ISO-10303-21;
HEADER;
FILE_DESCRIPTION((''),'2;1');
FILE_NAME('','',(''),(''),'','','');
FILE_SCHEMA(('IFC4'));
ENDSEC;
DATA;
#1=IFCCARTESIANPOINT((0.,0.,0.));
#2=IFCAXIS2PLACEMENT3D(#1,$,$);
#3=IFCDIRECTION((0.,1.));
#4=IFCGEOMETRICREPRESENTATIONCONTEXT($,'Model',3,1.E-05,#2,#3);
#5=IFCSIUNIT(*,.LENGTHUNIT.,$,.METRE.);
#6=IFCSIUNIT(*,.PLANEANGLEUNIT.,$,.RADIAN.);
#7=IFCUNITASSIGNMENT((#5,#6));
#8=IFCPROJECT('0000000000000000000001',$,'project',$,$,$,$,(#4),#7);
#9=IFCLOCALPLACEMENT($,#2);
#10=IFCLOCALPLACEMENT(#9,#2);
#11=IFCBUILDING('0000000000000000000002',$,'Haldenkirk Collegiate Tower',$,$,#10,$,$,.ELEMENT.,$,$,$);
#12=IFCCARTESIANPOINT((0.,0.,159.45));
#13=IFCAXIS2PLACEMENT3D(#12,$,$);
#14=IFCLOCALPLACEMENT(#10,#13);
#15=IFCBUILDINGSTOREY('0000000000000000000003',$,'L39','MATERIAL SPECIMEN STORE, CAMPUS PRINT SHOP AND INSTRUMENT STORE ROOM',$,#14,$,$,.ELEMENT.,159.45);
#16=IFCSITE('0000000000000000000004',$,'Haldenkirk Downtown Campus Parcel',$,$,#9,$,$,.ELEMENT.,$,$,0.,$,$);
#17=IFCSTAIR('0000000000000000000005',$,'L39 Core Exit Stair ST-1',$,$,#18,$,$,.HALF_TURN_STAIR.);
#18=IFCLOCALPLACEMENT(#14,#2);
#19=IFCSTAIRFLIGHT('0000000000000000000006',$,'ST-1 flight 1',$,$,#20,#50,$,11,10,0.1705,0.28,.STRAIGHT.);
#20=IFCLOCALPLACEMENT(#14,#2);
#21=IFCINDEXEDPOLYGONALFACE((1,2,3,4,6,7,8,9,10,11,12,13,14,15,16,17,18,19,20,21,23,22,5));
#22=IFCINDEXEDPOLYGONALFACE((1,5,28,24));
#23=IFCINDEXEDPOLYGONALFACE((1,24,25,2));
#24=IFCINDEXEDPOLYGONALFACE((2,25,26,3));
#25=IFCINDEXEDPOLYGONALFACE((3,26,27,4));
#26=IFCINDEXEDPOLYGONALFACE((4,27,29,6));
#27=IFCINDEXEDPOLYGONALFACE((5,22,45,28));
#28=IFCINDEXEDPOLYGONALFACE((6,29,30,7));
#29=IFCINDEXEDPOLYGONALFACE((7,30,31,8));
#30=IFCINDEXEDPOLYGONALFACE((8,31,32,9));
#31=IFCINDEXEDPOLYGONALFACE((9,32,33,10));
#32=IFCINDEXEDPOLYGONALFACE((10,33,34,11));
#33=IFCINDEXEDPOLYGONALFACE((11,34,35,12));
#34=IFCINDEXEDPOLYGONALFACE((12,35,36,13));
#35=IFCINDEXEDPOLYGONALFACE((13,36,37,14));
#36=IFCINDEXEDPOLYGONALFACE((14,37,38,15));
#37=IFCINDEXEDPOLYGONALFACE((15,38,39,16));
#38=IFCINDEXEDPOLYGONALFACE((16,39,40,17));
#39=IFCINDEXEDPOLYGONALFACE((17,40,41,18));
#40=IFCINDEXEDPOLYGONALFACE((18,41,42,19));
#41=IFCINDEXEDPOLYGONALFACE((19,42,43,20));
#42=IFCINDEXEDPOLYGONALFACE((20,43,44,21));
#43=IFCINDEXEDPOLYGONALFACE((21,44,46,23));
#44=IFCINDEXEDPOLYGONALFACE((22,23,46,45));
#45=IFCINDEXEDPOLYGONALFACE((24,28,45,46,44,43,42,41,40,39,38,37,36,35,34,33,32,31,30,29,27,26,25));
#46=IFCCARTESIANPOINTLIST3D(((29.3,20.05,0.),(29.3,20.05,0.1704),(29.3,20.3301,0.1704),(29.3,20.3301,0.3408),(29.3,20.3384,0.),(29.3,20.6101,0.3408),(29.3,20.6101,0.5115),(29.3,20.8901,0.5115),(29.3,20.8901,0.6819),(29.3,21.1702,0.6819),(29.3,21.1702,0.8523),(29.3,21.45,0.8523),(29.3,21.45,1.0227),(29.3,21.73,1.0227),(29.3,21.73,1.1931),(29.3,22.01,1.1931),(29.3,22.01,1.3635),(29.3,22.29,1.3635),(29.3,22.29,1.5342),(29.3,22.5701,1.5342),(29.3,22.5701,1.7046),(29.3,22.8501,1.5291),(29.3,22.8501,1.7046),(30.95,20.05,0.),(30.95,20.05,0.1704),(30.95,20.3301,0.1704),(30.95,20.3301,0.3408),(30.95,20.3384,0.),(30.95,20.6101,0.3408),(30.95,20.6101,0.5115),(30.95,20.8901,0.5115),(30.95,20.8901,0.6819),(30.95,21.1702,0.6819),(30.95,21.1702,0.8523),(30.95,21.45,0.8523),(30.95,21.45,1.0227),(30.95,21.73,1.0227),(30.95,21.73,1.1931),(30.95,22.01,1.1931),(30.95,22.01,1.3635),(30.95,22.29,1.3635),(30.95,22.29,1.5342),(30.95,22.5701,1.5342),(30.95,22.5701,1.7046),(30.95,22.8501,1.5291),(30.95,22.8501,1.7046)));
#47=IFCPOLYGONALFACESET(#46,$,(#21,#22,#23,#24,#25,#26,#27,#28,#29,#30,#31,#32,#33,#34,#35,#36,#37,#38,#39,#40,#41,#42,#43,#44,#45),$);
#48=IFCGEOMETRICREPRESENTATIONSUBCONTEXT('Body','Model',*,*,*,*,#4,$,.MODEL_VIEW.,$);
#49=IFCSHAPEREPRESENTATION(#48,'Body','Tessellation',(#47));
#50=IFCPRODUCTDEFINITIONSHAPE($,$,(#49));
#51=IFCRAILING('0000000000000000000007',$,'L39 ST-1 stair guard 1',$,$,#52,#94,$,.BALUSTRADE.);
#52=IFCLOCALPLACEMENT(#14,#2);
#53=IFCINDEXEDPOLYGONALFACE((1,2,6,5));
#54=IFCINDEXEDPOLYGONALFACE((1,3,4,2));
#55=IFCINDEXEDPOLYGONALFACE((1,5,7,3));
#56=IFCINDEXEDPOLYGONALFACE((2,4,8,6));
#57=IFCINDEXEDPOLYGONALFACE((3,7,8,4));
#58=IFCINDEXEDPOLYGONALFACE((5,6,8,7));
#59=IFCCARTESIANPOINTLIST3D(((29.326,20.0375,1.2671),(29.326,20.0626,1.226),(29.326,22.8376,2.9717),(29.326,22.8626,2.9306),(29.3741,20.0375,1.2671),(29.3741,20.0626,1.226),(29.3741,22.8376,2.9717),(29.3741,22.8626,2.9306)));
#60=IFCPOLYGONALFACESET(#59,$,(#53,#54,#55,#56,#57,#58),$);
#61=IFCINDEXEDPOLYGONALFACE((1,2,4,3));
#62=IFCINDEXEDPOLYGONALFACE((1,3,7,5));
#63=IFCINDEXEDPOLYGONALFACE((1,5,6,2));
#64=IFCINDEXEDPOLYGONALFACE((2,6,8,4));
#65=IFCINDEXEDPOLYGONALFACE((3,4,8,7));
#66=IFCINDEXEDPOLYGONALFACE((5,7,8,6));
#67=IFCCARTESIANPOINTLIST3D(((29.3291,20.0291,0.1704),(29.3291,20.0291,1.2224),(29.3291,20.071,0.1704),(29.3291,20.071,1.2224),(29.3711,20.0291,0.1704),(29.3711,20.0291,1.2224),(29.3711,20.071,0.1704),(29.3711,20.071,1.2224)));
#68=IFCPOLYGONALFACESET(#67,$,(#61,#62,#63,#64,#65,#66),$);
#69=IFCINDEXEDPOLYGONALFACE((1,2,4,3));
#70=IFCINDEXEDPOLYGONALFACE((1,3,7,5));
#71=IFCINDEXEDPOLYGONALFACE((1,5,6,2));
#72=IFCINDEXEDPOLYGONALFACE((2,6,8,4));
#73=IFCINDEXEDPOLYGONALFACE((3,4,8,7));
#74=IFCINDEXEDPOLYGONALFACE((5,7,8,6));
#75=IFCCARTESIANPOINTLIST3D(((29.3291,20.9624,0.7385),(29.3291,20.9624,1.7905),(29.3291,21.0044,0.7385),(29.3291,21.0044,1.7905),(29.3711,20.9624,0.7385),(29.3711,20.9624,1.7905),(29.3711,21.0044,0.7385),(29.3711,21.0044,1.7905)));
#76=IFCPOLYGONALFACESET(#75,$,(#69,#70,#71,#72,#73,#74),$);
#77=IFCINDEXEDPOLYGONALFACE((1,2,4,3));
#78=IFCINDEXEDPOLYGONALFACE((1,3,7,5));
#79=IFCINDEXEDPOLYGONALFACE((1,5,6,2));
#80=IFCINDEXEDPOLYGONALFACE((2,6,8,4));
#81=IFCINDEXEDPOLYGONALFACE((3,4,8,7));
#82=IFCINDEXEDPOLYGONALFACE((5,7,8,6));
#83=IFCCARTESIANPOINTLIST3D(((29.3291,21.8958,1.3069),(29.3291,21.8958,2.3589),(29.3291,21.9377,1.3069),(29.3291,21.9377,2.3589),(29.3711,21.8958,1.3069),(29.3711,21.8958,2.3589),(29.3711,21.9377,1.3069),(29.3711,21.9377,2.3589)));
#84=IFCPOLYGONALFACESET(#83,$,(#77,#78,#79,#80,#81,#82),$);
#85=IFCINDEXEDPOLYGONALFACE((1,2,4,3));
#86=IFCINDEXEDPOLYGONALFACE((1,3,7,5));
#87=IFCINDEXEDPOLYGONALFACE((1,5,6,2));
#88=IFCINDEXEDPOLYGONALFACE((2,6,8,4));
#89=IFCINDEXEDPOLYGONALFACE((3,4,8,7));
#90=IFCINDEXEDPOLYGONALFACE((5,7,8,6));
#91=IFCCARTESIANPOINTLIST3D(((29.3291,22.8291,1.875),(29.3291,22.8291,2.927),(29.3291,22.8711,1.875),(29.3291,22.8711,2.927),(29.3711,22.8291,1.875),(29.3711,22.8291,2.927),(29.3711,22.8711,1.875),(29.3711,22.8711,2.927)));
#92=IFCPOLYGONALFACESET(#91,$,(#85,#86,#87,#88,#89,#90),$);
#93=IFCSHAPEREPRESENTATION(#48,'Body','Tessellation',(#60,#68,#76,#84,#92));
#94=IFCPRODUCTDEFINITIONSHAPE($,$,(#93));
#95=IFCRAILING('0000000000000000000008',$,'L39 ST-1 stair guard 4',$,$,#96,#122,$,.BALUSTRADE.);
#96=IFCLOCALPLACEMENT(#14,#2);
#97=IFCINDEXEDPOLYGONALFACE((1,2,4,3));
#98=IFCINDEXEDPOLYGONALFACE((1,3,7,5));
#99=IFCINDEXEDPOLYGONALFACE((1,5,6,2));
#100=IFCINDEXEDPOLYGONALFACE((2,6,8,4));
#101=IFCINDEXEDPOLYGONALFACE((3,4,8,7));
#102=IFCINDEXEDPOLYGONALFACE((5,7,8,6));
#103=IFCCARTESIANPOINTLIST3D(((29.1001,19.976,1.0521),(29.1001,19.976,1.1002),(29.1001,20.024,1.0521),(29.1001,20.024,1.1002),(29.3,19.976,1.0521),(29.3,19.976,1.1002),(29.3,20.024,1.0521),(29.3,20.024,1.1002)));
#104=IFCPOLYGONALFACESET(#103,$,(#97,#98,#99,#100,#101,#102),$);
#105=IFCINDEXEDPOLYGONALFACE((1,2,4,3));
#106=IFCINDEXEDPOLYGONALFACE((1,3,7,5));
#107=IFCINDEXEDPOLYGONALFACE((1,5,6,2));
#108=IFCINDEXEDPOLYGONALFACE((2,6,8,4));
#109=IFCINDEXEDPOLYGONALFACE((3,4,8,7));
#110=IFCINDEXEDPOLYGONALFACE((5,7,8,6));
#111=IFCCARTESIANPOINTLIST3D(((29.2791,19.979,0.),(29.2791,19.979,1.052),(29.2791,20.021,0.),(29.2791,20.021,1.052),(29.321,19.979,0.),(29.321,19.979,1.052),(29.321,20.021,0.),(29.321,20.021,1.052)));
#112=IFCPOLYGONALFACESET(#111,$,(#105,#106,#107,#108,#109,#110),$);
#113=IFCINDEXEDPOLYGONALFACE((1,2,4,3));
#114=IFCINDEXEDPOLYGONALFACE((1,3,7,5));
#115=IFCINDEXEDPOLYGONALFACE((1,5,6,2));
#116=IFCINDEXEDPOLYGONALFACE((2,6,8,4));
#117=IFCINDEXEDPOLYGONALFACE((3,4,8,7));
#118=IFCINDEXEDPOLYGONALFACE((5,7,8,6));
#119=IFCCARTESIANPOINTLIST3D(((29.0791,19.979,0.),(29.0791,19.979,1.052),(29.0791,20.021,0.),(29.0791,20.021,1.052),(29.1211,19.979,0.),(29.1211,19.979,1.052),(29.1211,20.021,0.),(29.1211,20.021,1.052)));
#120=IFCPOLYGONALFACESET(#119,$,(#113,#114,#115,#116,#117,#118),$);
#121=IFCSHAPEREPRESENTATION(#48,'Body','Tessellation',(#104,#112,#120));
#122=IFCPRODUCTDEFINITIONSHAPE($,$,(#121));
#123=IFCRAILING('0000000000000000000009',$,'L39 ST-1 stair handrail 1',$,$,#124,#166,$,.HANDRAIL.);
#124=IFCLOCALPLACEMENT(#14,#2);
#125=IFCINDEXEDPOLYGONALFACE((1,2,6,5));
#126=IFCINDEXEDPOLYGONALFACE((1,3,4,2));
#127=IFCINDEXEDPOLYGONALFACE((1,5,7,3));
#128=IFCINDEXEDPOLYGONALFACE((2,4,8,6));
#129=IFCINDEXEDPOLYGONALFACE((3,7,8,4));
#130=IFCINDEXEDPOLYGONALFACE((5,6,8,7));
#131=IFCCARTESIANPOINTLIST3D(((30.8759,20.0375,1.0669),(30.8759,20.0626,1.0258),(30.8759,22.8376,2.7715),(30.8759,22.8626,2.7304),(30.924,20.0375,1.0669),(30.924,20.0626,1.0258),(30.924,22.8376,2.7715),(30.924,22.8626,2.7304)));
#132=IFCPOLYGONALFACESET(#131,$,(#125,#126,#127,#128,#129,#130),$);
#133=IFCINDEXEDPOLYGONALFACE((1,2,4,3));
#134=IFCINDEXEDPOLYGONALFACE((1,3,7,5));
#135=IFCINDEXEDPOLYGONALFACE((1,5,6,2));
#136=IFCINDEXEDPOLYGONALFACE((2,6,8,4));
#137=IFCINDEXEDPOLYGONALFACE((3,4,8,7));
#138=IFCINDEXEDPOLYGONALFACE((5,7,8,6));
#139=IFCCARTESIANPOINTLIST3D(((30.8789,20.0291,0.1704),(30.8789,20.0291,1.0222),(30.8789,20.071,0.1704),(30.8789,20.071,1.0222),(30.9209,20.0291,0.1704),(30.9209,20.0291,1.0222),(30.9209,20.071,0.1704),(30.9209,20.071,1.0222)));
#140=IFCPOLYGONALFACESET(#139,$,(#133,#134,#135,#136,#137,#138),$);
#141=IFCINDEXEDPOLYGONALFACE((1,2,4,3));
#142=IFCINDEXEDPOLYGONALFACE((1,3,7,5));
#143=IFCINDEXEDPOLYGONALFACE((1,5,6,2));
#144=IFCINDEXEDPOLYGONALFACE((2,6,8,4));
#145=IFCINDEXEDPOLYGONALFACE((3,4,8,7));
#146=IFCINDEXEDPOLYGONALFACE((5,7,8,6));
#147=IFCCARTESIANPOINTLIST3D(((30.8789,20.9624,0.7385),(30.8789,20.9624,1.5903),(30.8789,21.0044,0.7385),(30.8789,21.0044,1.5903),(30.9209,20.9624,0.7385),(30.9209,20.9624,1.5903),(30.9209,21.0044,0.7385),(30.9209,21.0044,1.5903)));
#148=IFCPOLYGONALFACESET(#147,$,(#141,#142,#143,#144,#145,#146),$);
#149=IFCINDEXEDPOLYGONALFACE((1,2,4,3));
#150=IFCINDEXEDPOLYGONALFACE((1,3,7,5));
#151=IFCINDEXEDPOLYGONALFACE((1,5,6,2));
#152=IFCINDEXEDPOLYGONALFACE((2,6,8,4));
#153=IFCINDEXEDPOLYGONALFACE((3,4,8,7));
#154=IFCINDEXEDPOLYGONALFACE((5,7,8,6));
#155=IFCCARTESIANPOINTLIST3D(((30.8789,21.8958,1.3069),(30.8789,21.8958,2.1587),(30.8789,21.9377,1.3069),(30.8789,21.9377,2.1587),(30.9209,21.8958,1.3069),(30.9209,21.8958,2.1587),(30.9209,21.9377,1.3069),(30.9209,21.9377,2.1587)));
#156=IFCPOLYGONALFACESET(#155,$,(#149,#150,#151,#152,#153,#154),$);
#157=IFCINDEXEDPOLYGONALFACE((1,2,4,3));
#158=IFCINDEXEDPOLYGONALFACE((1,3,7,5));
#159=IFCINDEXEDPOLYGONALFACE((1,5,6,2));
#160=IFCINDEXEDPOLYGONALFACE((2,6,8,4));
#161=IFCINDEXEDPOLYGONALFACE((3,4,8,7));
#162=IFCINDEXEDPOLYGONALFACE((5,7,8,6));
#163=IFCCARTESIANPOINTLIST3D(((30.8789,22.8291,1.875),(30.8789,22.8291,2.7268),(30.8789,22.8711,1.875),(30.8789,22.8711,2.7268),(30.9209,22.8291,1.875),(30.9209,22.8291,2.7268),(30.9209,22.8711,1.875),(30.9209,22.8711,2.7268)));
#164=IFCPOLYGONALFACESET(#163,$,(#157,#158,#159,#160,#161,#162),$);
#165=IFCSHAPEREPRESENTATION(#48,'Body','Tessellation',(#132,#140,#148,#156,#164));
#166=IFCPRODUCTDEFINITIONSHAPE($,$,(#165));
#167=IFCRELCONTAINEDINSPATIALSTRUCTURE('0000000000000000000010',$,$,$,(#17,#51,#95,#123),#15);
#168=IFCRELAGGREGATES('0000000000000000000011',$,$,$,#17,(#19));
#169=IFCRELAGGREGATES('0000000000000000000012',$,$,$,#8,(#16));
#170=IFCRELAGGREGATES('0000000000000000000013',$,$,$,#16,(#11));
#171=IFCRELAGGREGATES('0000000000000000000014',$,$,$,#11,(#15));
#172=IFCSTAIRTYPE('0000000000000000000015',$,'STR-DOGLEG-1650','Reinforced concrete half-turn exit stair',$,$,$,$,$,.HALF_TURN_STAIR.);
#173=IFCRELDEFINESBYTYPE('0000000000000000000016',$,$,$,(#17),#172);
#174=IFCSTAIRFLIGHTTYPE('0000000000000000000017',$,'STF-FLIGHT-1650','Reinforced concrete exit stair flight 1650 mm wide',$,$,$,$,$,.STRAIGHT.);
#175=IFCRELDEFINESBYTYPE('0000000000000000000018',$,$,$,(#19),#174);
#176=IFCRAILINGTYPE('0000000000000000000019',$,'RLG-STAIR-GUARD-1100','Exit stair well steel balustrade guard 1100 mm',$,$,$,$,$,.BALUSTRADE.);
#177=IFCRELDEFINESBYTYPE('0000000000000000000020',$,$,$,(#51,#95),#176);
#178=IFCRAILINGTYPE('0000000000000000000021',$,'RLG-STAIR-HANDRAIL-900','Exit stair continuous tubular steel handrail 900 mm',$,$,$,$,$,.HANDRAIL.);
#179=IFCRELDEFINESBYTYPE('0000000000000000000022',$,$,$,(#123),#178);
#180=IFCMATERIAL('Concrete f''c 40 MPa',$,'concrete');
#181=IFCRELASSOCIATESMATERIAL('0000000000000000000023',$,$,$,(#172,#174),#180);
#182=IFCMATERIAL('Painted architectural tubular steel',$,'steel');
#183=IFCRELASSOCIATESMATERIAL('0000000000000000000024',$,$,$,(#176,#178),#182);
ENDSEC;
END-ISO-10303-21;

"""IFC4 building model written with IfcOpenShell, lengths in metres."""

from ifc_helpers import new_model, si_unit, direction, frame, origin, origin_2d, place, context, subcontext, project, spatial, polyline, rectangle, outline, extrude, material, type_object, element, aggregate, save


model = new_model("IFC4")

# Units and contexts
model_context = context("Model", 3, precision=1e-05, world=origin(), true_north=direction((0.0, 1.0)))
body_context = subcontext(model_context, "Body", "Model", "MODEL_VIEW")
ifc_project = project(units=[si_unit("LENGTHUNIT", "METRE"), si_unit("PLANEANGLEUNIT", "RADIAN")], contexts=[model_context])

# Site, building, storey
site_placement = place(None, origin())
site = spatial("IfcSite", under=ifc_project, at=site_placement, Name="Haldenkirk Downtown Campus Parcel", CompositionType="ELEMENT", RefElevation=0.0)
building_placement = place(site_placement, origin())
building = spatial("IfcBuilding", under=site, at=building_placement, Name="Haldenkirk Collegiate Tower", CompositionType="ELEMENT")
storey_placement = place(building_placement, frame((0.0, 0.0, 159.45)))
storey = spatial("IfcBuildingStorey", under=building, at=storey_placement, Name="L39", Description="MATERIAL SPECIMEN STORE, CAMPUS PRINT SHOP AND INSTRUMENT STORE ROOM", CompositionType="ELEMENT", Elevation=159.45)

# Stair, stair flight
ifc_material_1 = material(Name="Concrete f'c 40 MPa", Category="concrete")
stair_type = type_object("IfcStairType", Name="STR-DOGLEG-1650", Description="Reinforced concrete half-turn exit stair", PredefinedType="HALF_TURN_STAIR", material=ifc_material_1)
stair_placement = place(storey_placement, origin())
stair = element("IfcStair", 1, at=stair_placement, inside=storey, type_object=stair_type, Name="L39 Core Exit Stair ST-1", PredefinedType="HALF_TURN_STAIR")
stair_flight_type = type_object("IfcStairFlightType", Name="STF-FLIGHT-1650", Description="Reinforced concrete exit stair flight 1650 mm wide", PredefinedType="STRAIGHT", material=ifc_material_1)
stair_flight_placement = place(storey_placement, frame((30.125, 20.05, 0.0), z_axis=(0.0, 0.0, 1.0), x_axis=(0.0, 1.0, 0.0)))
stair_flight = element("IfcStairFlight", 2, at=stair_flight_placement, type_object=stair_flight_type, Name="ST-1 flight 1", NumberOfRisers=11, NumberOfTreads=10, PredefinedType="STRAIGHT", RiserHeight=0.1705, TreadLength=0.28, context=body_context, shape_type="SweptSolid", body=[
    extrude(outline(polyline([(0.0, 0.0), (0.0, 0.1704), (0.28, 0.1704), (0.28, 0.3408), (0.5601, 0.3408), (0.5601, 0.5115), (0.8401, 0.5115), (0.8401, 0.6819), (1.1201, 0.6819), (1.1201, 0.8523), (1.3999, 0.8523), (1.3999, 1.0227), (1.6799, 1.0227), (1.6799, 1.1931), (1.96, 1.1931), (1.96, 1.3635), (2.24, 1.3635), (2.24, 1.5342), (2.52, 1.5342), (2.52, 1.7046), (2.8, 1.7046), (2.8, 1.875), (2.8, 1.5291), (0.2883, 0.0), (0.0, 0.0)])), frame((0.0, 0.825, 0.0), z_axis=(0.0, -1.0, 0.0), x_axis=(1.0, 0.0, 0.0)), (0.0, 0.0, 1.0), 1.6499),
])
aggregate(stair, [stair_flight])

# Railings
ifc_material_2 = material(Name="Painted architectural tubular steel", Category="steel")
railing_type_1 = type_object("IfcRailingType", Name="RLG-STAIR-GUARD-1100", Description="Exit stair well steel balustrade guard 1100 mm", PredefinedType="BALUSTRADE", material=ifc_material_2)
railing_1_placement = place(storey_placement, frame((29.3501, 20.05, 0.1704)))
element("IfcRailing", 3, at=railing_1_placement, inside=storey, type_object=railing_type_1, Name="L39 ST-1 stair guard 1", PredefinedType="BALUSTRADE", context=body_context, shape_type="SweptSolid", body=[
    extrude(rectangle(XDim=0.0481, YDim=0.0481, at=origin_2d()), frame((0.0, 0.0, 1.0762), z_axis=(0.0, 0.85417, 0.519994), x_axis=(-1.0, 0.0, 0.0)), (0.0, 0.0, 1.0), 3.2781),
    extrude(rectangle(XDim=0.042, YDim=0.042, at=origin_2d()), origin(), (0.0, 0.0, 1.0), 1.052),
    extrude(rectangle(XDim=0.042, YDim=0.042, at=origin_2d()), frame((0.0, 0.9333, 0.5681)), (0.0, 0.0, 1.0), 1.052),
    extrude(rectangle(XDim=0.042, YDim=0.042, at=origin_2d()), frame((0.0, 1.8667, 1.1365)), (0.0, 0.0, 1.0), 1.052),
    extrude(rectangle(XDim=0.042, YDim=0.042, at=origin_2d()), frame((0.0, 2.8, 1.7046)), (0.0, 0.0, 1.0), 1.052),
])
railing_2_placement = place(storey_placement, frame((29.3, 20.0, 0.0)))
element("IfcRailing", 4, at=railing_2_placement, inside=storey, type_object=railing_type_1, Name="L39 ST-1 stair guard 4", PredefinedType="BALUSTRADE", context=body_context, shape_type="SweptSolid", body=[
    extrude(rectangle(XDim=0.0481, YDim=0.0481, at=origin_2d()), frame((0.0, 0.0, 1.0762), z_axis=(-1.0, 0.0, 0.0), x_axis=(0.0, -1.0, 0.0)), (0.0, 0.0, 1.0), 0.2),
    extrude(rectangle(XDim=0.042, YDim=0.042, at=origin_2d()), origin(), (0.0, 0.0, 1.0), 1.052),
    extrude(rectangle(XDim=0.042, YDim=0.042, at=origin_2d()), frame((-0.2, 0.0, 0.0)), (0.0, 0.0, 1.0), 1.052),
])
railing_type_2 = type_object("IfcRailingType", Name="RLG-STAIR-HANDRAIL-900", Description="Exit stair continuous tubular steel handrail 900 mm", PredefinedType="HANDRAIL", material=ifc_material_2)
railing_3_placement = place(storey_placement, frame((30.8999, 20.05, 0.1704)))
element("IfcRailing", 5, at=railing_3_placement, inside=storey, type_object=railing_type_2, Name="L39 ST-1 stair handrail 1", PredefinedType="HANDRAIL", context=body_context, shape_type="SweptSolid", body=[
    extrude(rectangle(XDim=0.0481, YDim=0.0481, at=origin_2d()), frame((0.0, 0.0, 0.876), z_axis=(0.0, 0.85417, 0.519994), x_axis=(-1.0, 0.0, 0.0)), (0.0, 0.0, 1.0), 3.2781),
    extrude(rectangle(XDim=0.042, YDim=0.042, at=origin_2d()), origin(), (0.0, 0.0, 1.0), 0.8518),
    extrude(rectangle(XDim=0.042, YDim=0.042, at=origin_2d()), frame((0.0, 0.9333, 0.5681)), (0.0, 0.0, 1.0), 0.8518),
    extrude(rectangle(XDim=0.042, YDim=0.042, at=origin_2d()), frame((0.0, 1.8667, 1.1365)), (0.0, 0.0, 1.0), 0.8518),
    extrude(rectangle(XDim=0.042, YDim=0.042, at=origin_2d()), frame((0.0, 2.8, 1.7046)), (0.0, 0.0, 1.0), 0.8518),
])

save(model, "model.ifc")
